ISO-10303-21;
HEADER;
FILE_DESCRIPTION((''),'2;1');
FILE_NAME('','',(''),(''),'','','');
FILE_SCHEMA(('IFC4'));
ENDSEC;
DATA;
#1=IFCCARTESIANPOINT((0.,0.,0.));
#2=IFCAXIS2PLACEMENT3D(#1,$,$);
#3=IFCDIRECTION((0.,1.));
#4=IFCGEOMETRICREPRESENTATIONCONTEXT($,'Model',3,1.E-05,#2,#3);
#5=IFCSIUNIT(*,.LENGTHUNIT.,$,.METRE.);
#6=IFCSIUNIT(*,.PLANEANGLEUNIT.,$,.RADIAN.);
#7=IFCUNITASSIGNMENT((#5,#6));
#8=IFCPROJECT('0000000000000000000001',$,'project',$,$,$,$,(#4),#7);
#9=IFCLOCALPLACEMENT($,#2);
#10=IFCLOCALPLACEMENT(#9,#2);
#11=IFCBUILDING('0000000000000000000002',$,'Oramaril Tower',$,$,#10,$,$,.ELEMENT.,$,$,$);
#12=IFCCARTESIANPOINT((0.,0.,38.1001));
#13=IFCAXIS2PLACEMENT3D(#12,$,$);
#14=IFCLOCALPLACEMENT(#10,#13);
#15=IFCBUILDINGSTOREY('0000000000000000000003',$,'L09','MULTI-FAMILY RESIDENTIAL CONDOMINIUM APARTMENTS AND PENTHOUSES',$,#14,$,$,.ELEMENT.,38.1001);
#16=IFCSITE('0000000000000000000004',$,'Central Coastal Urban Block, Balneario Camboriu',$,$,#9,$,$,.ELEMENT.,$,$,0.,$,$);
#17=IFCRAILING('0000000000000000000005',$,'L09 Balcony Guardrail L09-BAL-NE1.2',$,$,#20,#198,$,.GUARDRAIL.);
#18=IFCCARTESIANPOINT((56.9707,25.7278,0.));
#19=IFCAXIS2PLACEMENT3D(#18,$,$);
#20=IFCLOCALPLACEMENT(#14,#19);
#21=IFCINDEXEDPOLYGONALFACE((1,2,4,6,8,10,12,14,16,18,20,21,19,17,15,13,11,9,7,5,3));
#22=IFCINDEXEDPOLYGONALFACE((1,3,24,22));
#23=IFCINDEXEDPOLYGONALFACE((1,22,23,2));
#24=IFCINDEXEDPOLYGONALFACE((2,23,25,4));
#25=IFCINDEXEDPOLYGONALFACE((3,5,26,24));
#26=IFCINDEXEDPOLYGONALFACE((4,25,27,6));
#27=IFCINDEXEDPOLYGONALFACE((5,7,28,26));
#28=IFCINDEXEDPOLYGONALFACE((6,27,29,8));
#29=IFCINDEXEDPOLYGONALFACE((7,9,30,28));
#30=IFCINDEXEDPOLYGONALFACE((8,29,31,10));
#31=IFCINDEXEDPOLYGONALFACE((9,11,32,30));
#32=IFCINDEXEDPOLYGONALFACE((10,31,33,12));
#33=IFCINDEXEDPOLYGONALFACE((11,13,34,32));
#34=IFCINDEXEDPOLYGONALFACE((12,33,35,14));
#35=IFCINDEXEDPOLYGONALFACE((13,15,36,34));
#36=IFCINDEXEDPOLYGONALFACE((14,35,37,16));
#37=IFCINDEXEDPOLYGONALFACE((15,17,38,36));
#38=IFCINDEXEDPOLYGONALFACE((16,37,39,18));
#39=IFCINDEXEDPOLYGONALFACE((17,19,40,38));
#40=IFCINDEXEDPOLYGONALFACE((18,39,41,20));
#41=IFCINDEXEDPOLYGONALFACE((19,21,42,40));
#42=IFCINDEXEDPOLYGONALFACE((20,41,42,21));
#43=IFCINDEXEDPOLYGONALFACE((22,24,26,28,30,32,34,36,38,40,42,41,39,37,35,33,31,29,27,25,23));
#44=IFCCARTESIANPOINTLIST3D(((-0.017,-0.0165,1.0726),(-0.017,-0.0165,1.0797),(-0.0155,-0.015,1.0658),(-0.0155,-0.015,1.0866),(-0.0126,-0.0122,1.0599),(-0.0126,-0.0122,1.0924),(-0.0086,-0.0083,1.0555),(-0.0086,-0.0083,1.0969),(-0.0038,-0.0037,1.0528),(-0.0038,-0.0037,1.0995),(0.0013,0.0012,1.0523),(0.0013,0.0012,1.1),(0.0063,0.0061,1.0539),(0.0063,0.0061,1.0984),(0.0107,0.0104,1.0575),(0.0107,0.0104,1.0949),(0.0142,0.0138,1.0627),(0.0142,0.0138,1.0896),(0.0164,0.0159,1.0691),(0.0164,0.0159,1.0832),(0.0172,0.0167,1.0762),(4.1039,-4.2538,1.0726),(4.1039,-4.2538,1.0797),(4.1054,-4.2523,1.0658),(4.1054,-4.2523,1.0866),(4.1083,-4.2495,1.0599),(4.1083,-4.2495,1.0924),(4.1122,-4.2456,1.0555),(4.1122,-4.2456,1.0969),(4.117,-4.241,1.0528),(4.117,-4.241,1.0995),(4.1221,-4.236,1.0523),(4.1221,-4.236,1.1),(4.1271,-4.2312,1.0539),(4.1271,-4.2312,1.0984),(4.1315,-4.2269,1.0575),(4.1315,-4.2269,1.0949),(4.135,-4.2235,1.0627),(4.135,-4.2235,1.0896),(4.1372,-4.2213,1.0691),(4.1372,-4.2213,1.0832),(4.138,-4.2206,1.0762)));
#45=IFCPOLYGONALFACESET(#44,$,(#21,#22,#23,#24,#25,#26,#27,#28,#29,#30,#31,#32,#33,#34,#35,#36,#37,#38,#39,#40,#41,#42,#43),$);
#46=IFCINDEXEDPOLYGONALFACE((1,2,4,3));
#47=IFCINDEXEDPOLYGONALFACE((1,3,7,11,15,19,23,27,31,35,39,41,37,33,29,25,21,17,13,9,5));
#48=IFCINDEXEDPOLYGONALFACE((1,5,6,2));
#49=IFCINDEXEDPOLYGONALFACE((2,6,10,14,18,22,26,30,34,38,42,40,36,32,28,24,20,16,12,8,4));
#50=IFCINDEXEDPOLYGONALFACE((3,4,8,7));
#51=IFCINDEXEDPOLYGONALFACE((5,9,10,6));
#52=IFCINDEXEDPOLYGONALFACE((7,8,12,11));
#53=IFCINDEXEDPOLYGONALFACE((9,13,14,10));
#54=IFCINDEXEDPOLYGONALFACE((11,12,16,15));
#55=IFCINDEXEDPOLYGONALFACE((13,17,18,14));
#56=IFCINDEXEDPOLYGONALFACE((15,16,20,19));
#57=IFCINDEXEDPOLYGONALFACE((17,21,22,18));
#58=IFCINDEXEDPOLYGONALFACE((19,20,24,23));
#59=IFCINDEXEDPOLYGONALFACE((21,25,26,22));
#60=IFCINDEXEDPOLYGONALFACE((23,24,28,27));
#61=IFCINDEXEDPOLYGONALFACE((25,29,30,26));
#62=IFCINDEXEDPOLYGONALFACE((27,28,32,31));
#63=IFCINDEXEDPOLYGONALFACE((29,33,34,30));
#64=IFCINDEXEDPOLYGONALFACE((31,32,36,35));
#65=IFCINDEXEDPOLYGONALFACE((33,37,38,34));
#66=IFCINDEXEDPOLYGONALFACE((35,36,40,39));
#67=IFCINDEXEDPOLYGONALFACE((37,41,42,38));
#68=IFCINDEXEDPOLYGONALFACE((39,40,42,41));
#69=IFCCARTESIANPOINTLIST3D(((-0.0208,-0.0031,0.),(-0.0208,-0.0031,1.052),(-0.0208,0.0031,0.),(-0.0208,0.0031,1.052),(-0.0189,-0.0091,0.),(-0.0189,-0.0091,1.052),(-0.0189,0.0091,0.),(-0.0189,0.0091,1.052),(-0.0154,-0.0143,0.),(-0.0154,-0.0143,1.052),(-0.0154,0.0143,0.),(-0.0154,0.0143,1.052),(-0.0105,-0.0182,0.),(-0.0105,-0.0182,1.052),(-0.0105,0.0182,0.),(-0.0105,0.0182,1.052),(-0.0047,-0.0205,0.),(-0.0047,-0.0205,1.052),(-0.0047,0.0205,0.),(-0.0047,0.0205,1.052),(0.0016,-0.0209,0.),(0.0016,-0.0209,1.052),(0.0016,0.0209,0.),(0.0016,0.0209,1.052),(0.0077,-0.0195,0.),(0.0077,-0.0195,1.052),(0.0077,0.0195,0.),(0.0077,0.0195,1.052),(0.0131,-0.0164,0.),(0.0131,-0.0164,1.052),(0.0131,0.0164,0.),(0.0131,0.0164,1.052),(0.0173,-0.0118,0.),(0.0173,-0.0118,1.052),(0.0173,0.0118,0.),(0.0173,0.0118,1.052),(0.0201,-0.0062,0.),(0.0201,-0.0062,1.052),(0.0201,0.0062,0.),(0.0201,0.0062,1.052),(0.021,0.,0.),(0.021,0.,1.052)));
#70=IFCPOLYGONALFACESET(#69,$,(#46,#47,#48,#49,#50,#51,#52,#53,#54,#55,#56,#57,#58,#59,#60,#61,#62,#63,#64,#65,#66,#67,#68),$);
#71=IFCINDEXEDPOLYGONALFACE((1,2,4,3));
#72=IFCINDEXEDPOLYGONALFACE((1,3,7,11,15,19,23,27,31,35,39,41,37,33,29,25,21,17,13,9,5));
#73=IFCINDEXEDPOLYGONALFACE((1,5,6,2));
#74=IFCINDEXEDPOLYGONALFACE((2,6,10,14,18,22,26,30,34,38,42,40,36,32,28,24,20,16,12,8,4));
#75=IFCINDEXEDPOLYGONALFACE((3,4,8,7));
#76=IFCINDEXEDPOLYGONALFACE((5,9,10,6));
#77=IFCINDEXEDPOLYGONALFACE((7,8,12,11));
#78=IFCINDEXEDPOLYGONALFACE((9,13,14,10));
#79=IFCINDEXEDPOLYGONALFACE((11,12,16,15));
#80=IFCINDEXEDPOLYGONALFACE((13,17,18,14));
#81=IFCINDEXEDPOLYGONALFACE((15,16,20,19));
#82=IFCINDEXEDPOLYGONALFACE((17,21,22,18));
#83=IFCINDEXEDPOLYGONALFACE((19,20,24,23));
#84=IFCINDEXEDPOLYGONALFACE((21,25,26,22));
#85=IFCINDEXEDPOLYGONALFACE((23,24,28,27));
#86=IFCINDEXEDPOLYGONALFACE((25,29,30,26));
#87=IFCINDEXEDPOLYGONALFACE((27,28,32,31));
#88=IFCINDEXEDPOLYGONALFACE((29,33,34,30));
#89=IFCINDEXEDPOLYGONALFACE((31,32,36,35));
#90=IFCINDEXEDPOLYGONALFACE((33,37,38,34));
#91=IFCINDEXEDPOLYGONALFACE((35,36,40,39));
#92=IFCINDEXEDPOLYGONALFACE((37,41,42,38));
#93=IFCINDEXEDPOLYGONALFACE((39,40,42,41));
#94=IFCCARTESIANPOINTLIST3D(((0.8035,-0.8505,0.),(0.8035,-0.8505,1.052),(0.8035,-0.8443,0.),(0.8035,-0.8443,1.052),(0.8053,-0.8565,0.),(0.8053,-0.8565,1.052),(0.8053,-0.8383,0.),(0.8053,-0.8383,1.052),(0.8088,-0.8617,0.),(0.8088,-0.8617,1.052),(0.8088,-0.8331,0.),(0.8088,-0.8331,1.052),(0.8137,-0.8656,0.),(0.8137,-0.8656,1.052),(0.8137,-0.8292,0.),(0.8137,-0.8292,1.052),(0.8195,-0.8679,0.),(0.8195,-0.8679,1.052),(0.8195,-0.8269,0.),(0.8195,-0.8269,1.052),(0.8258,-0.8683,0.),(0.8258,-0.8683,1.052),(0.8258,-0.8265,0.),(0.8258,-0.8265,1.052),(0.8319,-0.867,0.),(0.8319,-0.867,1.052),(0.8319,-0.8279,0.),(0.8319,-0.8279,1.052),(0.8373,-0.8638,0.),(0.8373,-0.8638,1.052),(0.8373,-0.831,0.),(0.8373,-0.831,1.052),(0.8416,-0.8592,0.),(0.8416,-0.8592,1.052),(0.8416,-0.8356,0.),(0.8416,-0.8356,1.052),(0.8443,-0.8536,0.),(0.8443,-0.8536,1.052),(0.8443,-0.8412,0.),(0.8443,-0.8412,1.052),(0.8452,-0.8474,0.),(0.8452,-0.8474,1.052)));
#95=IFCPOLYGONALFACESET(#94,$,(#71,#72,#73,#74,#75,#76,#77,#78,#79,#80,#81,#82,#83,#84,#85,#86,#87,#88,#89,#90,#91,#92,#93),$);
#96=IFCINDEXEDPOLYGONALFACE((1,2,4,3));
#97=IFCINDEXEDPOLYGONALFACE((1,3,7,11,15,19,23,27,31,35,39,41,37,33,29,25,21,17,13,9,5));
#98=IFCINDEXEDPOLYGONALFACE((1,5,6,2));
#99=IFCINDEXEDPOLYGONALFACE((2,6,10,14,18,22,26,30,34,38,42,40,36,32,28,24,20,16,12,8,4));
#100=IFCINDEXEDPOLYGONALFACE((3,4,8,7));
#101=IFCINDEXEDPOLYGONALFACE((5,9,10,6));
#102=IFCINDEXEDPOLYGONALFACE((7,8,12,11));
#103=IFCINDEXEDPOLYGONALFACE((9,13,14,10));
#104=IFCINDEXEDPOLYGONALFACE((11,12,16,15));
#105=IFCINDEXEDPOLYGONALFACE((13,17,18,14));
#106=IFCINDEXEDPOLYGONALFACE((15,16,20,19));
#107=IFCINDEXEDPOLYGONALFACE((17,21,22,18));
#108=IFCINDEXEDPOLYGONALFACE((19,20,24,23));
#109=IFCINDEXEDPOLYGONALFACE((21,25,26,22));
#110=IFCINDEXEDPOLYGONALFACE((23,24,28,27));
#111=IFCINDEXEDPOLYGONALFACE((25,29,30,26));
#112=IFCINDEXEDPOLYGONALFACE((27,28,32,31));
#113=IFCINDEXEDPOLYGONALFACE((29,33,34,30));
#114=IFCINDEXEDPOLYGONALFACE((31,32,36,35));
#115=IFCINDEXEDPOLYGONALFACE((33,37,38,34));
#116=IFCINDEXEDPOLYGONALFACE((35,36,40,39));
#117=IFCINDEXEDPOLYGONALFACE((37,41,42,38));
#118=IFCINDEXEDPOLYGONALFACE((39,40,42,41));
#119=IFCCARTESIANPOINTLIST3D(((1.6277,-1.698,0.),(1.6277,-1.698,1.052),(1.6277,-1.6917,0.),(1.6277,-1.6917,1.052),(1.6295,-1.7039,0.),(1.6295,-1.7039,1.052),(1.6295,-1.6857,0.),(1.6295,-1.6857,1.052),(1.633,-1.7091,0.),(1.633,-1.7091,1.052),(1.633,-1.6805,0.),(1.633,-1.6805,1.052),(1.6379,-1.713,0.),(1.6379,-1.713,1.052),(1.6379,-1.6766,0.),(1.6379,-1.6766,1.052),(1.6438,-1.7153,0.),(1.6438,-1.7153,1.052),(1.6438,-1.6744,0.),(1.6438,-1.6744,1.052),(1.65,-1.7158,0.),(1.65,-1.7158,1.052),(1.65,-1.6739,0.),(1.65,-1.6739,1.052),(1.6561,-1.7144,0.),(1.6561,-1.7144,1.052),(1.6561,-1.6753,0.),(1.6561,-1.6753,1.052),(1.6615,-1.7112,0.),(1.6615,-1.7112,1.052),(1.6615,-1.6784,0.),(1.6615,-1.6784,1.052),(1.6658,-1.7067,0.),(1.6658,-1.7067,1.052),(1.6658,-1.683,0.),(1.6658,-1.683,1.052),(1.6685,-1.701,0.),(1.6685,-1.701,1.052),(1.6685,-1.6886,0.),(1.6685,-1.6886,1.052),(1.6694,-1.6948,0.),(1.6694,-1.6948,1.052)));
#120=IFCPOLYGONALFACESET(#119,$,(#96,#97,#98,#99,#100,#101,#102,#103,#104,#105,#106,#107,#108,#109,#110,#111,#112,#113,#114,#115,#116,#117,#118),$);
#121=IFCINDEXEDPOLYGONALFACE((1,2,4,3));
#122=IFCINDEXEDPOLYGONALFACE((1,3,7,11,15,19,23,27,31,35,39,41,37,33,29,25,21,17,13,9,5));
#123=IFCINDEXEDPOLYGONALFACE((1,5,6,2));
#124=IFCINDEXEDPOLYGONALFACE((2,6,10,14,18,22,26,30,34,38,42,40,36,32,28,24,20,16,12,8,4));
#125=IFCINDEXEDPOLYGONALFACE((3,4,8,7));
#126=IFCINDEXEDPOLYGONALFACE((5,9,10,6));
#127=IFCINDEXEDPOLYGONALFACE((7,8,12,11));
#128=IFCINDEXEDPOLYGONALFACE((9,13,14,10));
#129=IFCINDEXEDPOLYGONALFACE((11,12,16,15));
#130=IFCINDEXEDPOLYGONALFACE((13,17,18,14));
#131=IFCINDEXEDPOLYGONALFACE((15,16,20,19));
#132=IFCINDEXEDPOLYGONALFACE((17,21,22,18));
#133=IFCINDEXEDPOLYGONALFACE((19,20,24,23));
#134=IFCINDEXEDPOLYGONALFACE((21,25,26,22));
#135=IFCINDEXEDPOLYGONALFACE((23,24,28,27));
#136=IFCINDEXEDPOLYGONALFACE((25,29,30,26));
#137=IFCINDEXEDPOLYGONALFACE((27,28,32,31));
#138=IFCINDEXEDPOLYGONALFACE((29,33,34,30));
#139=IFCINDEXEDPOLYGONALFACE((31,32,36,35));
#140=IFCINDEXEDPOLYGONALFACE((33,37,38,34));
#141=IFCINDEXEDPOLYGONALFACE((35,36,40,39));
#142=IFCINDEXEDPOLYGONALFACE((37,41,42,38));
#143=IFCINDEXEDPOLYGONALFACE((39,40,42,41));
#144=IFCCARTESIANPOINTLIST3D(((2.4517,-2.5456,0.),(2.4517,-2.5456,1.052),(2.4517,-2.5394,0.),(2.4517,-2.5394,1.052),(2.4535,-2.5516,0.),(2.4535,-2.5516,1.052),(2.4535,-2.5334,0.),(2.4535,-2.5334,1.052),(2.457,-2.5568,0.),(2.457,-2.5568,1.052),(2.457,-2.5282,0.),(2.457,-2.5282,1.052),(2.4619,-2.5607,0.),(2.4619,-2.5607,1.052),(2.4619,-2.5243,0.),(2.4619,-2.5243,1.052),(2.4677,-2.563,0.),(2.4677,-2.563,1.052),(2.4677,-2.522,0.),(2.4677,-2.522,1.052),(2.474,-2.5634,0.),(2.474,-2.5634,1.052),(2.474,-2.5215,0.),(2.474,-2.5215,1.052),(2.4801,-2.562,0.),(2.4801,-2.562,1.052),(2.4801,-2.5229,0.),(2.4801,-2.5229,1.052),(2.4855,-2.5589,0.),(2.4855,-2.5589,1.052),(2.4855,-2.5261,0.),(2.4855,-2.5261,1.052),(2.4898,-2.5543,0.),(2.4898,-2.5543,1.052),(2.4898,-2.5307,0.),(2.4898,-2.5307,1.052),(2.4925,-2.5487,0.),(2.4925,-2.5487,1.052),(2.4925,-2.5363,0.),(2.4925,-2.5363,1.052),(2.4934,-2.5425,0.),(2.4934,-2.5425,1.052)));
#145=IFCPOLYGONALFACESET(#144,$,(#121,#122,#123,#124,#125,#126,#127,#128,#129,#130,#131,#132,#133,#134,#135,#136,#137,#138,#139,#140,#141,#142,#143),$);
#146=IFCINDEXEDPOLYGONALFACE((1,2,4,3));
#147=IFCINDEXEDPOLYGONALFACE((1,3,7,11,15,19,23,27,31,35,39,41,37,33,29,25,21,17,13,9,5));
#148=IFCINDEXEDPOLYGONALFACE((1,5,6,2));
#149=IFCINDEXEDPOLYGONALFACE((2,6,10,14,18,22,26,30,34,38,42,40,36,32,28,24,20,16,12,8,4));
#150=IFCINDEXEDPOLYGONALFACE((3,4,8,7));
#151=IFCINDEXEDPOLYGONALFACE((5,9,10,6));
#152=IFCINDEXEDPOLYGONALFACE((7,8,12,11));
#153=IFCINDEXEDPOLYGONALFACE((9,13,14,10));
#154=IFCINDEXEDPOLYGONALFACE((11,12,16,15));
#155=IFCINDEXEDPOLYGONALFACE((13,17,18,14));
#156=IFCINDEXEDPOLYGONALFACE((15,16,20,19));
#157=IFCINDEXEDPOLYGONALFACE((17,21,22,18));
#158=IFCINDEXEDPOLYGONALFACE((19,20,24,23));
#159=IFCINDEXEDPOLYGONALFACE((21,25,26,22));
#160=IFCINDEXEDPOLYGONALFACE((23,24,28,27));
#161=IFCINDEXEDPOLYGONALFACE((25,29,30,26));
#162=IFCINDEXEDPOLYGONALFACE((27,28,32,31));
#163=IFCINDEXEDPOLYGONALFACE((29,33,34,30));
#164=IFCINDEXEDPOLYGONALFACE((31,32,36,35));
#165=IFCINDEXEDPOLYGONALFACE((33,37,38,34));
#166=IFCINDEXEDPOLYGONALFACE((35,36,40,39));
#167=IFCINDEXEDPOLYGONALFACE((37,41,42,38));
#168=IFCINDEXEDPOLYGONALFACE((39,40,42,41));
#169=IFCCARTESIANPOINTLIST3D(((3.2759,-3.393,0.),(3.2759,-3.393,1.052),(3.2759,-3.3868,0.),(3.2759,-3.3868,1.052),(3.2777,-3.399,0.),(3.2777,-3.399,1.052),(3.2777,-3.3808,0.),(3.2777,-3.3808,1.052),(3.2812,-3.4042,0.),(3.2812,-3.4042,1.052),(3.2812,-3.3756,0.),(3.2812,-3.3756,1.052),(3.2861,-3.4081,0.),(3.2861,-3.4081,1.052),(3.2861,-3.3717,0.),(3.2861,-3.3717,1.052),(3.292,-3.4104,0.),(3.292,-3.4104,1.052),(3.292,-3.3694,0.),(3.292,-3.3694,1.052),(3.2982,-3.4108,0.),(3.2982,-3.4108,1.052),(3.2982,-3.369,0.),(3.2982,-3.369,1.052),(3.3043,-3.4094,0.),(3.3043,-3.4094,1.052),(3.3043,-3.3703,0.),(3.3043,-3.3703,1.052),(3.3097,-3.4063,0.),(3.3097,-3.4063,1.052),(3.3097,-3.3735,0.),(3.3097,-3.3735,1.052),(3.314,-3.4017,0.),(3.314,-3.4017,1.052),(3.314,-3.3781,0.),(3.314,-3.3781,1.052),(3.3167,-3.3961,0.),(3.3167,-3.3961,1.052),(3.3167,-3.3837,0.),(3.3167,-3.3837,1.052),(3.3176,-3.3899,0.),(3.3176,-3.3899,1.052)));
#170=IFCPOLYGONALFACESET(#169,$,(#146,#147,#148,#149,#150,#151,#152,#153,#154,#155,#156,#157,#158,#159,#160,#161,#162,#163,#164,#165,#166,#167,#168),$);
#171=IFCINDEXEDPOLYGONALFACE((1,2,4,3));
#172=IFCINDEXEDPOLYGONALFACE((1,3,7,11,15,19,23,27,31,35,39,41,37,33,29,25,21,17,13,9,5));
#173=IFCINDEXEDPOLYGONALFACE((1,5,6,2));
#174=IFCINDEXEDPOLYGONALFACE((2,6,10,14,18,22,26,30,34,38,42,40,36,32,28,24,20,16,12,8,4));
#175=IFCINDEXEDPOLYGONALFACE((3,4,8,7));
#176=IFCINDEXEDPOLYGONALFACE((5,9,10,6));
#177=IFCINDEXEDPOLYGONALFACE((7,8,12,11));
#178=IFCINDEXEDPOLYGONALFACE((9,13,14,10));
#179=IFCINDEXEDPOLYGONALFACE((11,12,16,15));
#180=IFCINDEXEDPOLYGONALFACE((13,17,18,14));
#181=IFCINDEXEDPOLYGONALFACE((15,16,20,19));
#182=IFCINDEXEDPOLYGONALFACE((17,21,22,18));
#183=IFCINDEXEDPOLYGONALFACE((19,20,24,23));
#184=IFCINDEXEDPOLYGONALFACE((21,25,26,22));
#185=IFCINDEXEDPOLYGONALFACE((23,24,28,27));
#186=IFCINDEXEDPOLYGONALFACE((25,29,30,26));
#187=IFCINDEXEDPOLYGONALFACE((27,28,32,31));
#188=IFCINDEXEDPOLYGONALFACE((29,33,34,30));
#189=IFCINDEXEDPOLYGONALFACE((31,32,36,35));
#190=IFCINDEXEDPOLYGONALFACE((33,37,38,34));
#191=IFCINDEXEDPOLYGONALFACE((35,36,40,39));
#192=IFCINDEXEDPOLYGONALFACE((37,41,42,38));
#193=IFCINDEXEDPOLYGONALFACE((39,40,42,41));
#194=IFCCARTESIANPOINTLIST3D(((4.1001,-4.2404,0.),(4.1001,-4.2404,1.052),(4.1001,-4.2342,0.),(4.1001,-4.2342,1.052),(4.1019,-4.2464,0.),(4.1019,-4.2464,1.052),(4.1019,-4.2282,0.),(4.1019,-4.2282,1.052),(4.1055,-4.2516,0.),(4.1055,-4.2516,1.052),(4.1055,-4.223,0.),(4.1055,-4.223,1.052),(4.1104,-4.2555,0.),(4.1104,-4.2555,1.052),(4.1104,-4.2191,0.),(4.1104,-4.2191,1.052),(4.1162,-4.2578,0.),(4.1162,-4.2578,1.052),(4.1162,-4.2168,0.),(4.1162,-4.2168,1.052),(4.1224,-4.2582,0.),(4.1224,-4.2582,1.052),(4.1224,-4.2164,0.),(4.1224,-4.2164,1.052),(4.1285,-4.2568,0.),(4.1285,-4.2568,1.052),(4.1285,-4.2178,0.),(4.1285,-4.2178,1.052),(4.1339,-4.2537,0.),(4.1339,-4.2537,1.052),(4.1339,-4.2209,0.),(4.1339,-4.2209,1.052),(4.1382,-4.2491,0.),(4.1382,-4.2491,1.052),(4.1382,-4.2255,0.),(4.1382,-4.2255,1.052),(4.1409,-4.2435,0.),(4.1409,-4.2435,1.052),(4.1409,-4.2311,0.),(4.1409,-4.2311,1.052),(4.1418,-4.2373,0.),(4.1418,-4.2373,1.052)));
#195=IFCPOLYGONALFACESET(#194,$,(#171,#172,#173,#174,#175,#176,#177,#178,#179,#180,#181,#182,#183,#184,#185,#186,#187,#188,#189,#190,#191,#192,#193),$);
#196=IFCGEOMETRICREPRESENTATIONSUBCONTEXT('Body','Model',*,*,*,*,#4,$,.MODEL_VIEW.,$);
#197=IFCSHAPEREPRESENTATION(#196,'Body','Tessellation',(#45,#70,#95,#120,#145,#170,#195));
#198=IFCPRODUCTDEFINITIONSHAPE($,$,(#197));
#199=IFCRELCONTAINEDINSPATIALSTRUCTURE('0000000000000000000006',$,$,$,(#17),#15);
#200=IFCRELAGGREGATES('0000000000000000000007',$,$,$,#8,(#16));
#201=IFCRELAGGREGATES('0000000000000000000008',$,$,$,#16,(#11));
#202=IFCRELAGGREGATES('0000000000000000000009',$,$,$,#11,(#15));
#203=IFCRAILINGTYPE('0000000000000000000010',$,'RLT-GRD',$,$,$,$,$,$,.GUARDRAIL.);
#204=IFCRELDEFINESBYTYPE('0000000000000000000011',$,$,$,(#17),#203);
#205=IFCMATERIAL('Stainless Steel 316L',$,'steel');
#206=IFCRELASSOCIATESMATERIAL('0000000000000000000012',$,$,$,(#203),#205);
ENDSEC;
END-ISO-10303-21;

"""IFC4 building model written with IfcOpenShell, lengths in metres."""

from ifc_helpers import new_model, si_unit, direction, frame, origin, origin_2d, place, context, subcontext, project, spatial, circle, extrude, material, type_object, element, save


model = new_model("IFC4")

# Units and contexts
model_context = context("Model", 3, precision=1e-05, world=origin(), true_north=direction((0.0, 1.0)))
body_context = subcontext(model_context, "Body", "Model", "MODEL_VIEW")
ifc_project = project(units=[si_unit("LENGTHUNIT", "METRE"), si_unit("PLANEANGLEUNIT", "RADIAN")], contexts=[model_context])

# Site, building, storey
site_placement = place(None, origin())
site = spatial("IfcSite", under=ifc_project, at=site_placement, Name="Central Coastal Urban Block, Balneario Camboriu", CompositionType="ELEMENT", RefElevation=0.0)
building_placement = place(site_placement, origin())
building = spatial("IfcBuilding", under=site, at=building_placement, Name="Oramaril Tower", CompositionType="ELEMENT")
storey_placement = place(building_placement, frame((0.0, 0.0, 38.1001)))
storey = spatial("IfcBuildingStorey", under=building, at=storey_placement, Name="L09", Description="MULTI-FAMILY RESIDENTIAL CONDOMINIUM APARTMENTS AND PENTHOUSES", CompositionType="ELEMENT", Elevation=38.1001)

# Railing
ifc_material_1 = material(Name="Stainless Steel 316L", Category="steel")
railing_type = type_object("IfcRailingType", Name="RLT-GRD", PredefinedType="GUARDRAIL", material=ifc_material_1)
railing_1_placement = place(storey_placement, frame((56.9707, 25.7278, 0.0)))
element("IfcRailing", 1, at=railing_1_placement, inside=storey, type_object=railing_type, Name="L09 Balcony Guardrail L09-BAL-NE1.2", PredefinedType="GUARDRAIL", context=body_context, shape_type="SweptSolid", body=[
    extrude(circle(Radius=0.0239, at=origin_2d()), frame((0.0, 0.0, 1.0762), z_axis=(0.697187, -0.716889, 0.0), x_axis=(0.716889, 0.697187, 0.0)), (0.0, 0.0, 1.0), 5.9106),
    extrude(circle(Radius=0.021, at=origin_2d()), origin(), (0.0, 0.0, 1.0), 1.052),
    extrude(circle(Radius=0.021, at=origin_2d()), frame((0.8242, -0.8474, 0.0)), (0.0, 0.0, 1.0), 1.052),
    extrude(circle(Radius=0.021, at=origin_2d()), frame((1.6484, -1.6948, 0.0)), (0.0, 0.0, 1.0), 1.052),
    extrude(circle(Radius=0.021, at=origin_2d()), frame((2.4724, -2.5425, 0.0)), (0.0, 0.0, 1.0), 1.052),
    extrude(circle(Radius=0.021, at=origin_2d()), frame((3.2966, -3.3899, 0.0)), (0.0, 0.0, 1.0), 1.052),
    extrude(circle(Radius=0.021, at=origin_2d()), frame((4.1208, -4.2373, 0.0)), (0.0, 0.0, 1.0), 1.052),
])

save(model, "model.ifc")
